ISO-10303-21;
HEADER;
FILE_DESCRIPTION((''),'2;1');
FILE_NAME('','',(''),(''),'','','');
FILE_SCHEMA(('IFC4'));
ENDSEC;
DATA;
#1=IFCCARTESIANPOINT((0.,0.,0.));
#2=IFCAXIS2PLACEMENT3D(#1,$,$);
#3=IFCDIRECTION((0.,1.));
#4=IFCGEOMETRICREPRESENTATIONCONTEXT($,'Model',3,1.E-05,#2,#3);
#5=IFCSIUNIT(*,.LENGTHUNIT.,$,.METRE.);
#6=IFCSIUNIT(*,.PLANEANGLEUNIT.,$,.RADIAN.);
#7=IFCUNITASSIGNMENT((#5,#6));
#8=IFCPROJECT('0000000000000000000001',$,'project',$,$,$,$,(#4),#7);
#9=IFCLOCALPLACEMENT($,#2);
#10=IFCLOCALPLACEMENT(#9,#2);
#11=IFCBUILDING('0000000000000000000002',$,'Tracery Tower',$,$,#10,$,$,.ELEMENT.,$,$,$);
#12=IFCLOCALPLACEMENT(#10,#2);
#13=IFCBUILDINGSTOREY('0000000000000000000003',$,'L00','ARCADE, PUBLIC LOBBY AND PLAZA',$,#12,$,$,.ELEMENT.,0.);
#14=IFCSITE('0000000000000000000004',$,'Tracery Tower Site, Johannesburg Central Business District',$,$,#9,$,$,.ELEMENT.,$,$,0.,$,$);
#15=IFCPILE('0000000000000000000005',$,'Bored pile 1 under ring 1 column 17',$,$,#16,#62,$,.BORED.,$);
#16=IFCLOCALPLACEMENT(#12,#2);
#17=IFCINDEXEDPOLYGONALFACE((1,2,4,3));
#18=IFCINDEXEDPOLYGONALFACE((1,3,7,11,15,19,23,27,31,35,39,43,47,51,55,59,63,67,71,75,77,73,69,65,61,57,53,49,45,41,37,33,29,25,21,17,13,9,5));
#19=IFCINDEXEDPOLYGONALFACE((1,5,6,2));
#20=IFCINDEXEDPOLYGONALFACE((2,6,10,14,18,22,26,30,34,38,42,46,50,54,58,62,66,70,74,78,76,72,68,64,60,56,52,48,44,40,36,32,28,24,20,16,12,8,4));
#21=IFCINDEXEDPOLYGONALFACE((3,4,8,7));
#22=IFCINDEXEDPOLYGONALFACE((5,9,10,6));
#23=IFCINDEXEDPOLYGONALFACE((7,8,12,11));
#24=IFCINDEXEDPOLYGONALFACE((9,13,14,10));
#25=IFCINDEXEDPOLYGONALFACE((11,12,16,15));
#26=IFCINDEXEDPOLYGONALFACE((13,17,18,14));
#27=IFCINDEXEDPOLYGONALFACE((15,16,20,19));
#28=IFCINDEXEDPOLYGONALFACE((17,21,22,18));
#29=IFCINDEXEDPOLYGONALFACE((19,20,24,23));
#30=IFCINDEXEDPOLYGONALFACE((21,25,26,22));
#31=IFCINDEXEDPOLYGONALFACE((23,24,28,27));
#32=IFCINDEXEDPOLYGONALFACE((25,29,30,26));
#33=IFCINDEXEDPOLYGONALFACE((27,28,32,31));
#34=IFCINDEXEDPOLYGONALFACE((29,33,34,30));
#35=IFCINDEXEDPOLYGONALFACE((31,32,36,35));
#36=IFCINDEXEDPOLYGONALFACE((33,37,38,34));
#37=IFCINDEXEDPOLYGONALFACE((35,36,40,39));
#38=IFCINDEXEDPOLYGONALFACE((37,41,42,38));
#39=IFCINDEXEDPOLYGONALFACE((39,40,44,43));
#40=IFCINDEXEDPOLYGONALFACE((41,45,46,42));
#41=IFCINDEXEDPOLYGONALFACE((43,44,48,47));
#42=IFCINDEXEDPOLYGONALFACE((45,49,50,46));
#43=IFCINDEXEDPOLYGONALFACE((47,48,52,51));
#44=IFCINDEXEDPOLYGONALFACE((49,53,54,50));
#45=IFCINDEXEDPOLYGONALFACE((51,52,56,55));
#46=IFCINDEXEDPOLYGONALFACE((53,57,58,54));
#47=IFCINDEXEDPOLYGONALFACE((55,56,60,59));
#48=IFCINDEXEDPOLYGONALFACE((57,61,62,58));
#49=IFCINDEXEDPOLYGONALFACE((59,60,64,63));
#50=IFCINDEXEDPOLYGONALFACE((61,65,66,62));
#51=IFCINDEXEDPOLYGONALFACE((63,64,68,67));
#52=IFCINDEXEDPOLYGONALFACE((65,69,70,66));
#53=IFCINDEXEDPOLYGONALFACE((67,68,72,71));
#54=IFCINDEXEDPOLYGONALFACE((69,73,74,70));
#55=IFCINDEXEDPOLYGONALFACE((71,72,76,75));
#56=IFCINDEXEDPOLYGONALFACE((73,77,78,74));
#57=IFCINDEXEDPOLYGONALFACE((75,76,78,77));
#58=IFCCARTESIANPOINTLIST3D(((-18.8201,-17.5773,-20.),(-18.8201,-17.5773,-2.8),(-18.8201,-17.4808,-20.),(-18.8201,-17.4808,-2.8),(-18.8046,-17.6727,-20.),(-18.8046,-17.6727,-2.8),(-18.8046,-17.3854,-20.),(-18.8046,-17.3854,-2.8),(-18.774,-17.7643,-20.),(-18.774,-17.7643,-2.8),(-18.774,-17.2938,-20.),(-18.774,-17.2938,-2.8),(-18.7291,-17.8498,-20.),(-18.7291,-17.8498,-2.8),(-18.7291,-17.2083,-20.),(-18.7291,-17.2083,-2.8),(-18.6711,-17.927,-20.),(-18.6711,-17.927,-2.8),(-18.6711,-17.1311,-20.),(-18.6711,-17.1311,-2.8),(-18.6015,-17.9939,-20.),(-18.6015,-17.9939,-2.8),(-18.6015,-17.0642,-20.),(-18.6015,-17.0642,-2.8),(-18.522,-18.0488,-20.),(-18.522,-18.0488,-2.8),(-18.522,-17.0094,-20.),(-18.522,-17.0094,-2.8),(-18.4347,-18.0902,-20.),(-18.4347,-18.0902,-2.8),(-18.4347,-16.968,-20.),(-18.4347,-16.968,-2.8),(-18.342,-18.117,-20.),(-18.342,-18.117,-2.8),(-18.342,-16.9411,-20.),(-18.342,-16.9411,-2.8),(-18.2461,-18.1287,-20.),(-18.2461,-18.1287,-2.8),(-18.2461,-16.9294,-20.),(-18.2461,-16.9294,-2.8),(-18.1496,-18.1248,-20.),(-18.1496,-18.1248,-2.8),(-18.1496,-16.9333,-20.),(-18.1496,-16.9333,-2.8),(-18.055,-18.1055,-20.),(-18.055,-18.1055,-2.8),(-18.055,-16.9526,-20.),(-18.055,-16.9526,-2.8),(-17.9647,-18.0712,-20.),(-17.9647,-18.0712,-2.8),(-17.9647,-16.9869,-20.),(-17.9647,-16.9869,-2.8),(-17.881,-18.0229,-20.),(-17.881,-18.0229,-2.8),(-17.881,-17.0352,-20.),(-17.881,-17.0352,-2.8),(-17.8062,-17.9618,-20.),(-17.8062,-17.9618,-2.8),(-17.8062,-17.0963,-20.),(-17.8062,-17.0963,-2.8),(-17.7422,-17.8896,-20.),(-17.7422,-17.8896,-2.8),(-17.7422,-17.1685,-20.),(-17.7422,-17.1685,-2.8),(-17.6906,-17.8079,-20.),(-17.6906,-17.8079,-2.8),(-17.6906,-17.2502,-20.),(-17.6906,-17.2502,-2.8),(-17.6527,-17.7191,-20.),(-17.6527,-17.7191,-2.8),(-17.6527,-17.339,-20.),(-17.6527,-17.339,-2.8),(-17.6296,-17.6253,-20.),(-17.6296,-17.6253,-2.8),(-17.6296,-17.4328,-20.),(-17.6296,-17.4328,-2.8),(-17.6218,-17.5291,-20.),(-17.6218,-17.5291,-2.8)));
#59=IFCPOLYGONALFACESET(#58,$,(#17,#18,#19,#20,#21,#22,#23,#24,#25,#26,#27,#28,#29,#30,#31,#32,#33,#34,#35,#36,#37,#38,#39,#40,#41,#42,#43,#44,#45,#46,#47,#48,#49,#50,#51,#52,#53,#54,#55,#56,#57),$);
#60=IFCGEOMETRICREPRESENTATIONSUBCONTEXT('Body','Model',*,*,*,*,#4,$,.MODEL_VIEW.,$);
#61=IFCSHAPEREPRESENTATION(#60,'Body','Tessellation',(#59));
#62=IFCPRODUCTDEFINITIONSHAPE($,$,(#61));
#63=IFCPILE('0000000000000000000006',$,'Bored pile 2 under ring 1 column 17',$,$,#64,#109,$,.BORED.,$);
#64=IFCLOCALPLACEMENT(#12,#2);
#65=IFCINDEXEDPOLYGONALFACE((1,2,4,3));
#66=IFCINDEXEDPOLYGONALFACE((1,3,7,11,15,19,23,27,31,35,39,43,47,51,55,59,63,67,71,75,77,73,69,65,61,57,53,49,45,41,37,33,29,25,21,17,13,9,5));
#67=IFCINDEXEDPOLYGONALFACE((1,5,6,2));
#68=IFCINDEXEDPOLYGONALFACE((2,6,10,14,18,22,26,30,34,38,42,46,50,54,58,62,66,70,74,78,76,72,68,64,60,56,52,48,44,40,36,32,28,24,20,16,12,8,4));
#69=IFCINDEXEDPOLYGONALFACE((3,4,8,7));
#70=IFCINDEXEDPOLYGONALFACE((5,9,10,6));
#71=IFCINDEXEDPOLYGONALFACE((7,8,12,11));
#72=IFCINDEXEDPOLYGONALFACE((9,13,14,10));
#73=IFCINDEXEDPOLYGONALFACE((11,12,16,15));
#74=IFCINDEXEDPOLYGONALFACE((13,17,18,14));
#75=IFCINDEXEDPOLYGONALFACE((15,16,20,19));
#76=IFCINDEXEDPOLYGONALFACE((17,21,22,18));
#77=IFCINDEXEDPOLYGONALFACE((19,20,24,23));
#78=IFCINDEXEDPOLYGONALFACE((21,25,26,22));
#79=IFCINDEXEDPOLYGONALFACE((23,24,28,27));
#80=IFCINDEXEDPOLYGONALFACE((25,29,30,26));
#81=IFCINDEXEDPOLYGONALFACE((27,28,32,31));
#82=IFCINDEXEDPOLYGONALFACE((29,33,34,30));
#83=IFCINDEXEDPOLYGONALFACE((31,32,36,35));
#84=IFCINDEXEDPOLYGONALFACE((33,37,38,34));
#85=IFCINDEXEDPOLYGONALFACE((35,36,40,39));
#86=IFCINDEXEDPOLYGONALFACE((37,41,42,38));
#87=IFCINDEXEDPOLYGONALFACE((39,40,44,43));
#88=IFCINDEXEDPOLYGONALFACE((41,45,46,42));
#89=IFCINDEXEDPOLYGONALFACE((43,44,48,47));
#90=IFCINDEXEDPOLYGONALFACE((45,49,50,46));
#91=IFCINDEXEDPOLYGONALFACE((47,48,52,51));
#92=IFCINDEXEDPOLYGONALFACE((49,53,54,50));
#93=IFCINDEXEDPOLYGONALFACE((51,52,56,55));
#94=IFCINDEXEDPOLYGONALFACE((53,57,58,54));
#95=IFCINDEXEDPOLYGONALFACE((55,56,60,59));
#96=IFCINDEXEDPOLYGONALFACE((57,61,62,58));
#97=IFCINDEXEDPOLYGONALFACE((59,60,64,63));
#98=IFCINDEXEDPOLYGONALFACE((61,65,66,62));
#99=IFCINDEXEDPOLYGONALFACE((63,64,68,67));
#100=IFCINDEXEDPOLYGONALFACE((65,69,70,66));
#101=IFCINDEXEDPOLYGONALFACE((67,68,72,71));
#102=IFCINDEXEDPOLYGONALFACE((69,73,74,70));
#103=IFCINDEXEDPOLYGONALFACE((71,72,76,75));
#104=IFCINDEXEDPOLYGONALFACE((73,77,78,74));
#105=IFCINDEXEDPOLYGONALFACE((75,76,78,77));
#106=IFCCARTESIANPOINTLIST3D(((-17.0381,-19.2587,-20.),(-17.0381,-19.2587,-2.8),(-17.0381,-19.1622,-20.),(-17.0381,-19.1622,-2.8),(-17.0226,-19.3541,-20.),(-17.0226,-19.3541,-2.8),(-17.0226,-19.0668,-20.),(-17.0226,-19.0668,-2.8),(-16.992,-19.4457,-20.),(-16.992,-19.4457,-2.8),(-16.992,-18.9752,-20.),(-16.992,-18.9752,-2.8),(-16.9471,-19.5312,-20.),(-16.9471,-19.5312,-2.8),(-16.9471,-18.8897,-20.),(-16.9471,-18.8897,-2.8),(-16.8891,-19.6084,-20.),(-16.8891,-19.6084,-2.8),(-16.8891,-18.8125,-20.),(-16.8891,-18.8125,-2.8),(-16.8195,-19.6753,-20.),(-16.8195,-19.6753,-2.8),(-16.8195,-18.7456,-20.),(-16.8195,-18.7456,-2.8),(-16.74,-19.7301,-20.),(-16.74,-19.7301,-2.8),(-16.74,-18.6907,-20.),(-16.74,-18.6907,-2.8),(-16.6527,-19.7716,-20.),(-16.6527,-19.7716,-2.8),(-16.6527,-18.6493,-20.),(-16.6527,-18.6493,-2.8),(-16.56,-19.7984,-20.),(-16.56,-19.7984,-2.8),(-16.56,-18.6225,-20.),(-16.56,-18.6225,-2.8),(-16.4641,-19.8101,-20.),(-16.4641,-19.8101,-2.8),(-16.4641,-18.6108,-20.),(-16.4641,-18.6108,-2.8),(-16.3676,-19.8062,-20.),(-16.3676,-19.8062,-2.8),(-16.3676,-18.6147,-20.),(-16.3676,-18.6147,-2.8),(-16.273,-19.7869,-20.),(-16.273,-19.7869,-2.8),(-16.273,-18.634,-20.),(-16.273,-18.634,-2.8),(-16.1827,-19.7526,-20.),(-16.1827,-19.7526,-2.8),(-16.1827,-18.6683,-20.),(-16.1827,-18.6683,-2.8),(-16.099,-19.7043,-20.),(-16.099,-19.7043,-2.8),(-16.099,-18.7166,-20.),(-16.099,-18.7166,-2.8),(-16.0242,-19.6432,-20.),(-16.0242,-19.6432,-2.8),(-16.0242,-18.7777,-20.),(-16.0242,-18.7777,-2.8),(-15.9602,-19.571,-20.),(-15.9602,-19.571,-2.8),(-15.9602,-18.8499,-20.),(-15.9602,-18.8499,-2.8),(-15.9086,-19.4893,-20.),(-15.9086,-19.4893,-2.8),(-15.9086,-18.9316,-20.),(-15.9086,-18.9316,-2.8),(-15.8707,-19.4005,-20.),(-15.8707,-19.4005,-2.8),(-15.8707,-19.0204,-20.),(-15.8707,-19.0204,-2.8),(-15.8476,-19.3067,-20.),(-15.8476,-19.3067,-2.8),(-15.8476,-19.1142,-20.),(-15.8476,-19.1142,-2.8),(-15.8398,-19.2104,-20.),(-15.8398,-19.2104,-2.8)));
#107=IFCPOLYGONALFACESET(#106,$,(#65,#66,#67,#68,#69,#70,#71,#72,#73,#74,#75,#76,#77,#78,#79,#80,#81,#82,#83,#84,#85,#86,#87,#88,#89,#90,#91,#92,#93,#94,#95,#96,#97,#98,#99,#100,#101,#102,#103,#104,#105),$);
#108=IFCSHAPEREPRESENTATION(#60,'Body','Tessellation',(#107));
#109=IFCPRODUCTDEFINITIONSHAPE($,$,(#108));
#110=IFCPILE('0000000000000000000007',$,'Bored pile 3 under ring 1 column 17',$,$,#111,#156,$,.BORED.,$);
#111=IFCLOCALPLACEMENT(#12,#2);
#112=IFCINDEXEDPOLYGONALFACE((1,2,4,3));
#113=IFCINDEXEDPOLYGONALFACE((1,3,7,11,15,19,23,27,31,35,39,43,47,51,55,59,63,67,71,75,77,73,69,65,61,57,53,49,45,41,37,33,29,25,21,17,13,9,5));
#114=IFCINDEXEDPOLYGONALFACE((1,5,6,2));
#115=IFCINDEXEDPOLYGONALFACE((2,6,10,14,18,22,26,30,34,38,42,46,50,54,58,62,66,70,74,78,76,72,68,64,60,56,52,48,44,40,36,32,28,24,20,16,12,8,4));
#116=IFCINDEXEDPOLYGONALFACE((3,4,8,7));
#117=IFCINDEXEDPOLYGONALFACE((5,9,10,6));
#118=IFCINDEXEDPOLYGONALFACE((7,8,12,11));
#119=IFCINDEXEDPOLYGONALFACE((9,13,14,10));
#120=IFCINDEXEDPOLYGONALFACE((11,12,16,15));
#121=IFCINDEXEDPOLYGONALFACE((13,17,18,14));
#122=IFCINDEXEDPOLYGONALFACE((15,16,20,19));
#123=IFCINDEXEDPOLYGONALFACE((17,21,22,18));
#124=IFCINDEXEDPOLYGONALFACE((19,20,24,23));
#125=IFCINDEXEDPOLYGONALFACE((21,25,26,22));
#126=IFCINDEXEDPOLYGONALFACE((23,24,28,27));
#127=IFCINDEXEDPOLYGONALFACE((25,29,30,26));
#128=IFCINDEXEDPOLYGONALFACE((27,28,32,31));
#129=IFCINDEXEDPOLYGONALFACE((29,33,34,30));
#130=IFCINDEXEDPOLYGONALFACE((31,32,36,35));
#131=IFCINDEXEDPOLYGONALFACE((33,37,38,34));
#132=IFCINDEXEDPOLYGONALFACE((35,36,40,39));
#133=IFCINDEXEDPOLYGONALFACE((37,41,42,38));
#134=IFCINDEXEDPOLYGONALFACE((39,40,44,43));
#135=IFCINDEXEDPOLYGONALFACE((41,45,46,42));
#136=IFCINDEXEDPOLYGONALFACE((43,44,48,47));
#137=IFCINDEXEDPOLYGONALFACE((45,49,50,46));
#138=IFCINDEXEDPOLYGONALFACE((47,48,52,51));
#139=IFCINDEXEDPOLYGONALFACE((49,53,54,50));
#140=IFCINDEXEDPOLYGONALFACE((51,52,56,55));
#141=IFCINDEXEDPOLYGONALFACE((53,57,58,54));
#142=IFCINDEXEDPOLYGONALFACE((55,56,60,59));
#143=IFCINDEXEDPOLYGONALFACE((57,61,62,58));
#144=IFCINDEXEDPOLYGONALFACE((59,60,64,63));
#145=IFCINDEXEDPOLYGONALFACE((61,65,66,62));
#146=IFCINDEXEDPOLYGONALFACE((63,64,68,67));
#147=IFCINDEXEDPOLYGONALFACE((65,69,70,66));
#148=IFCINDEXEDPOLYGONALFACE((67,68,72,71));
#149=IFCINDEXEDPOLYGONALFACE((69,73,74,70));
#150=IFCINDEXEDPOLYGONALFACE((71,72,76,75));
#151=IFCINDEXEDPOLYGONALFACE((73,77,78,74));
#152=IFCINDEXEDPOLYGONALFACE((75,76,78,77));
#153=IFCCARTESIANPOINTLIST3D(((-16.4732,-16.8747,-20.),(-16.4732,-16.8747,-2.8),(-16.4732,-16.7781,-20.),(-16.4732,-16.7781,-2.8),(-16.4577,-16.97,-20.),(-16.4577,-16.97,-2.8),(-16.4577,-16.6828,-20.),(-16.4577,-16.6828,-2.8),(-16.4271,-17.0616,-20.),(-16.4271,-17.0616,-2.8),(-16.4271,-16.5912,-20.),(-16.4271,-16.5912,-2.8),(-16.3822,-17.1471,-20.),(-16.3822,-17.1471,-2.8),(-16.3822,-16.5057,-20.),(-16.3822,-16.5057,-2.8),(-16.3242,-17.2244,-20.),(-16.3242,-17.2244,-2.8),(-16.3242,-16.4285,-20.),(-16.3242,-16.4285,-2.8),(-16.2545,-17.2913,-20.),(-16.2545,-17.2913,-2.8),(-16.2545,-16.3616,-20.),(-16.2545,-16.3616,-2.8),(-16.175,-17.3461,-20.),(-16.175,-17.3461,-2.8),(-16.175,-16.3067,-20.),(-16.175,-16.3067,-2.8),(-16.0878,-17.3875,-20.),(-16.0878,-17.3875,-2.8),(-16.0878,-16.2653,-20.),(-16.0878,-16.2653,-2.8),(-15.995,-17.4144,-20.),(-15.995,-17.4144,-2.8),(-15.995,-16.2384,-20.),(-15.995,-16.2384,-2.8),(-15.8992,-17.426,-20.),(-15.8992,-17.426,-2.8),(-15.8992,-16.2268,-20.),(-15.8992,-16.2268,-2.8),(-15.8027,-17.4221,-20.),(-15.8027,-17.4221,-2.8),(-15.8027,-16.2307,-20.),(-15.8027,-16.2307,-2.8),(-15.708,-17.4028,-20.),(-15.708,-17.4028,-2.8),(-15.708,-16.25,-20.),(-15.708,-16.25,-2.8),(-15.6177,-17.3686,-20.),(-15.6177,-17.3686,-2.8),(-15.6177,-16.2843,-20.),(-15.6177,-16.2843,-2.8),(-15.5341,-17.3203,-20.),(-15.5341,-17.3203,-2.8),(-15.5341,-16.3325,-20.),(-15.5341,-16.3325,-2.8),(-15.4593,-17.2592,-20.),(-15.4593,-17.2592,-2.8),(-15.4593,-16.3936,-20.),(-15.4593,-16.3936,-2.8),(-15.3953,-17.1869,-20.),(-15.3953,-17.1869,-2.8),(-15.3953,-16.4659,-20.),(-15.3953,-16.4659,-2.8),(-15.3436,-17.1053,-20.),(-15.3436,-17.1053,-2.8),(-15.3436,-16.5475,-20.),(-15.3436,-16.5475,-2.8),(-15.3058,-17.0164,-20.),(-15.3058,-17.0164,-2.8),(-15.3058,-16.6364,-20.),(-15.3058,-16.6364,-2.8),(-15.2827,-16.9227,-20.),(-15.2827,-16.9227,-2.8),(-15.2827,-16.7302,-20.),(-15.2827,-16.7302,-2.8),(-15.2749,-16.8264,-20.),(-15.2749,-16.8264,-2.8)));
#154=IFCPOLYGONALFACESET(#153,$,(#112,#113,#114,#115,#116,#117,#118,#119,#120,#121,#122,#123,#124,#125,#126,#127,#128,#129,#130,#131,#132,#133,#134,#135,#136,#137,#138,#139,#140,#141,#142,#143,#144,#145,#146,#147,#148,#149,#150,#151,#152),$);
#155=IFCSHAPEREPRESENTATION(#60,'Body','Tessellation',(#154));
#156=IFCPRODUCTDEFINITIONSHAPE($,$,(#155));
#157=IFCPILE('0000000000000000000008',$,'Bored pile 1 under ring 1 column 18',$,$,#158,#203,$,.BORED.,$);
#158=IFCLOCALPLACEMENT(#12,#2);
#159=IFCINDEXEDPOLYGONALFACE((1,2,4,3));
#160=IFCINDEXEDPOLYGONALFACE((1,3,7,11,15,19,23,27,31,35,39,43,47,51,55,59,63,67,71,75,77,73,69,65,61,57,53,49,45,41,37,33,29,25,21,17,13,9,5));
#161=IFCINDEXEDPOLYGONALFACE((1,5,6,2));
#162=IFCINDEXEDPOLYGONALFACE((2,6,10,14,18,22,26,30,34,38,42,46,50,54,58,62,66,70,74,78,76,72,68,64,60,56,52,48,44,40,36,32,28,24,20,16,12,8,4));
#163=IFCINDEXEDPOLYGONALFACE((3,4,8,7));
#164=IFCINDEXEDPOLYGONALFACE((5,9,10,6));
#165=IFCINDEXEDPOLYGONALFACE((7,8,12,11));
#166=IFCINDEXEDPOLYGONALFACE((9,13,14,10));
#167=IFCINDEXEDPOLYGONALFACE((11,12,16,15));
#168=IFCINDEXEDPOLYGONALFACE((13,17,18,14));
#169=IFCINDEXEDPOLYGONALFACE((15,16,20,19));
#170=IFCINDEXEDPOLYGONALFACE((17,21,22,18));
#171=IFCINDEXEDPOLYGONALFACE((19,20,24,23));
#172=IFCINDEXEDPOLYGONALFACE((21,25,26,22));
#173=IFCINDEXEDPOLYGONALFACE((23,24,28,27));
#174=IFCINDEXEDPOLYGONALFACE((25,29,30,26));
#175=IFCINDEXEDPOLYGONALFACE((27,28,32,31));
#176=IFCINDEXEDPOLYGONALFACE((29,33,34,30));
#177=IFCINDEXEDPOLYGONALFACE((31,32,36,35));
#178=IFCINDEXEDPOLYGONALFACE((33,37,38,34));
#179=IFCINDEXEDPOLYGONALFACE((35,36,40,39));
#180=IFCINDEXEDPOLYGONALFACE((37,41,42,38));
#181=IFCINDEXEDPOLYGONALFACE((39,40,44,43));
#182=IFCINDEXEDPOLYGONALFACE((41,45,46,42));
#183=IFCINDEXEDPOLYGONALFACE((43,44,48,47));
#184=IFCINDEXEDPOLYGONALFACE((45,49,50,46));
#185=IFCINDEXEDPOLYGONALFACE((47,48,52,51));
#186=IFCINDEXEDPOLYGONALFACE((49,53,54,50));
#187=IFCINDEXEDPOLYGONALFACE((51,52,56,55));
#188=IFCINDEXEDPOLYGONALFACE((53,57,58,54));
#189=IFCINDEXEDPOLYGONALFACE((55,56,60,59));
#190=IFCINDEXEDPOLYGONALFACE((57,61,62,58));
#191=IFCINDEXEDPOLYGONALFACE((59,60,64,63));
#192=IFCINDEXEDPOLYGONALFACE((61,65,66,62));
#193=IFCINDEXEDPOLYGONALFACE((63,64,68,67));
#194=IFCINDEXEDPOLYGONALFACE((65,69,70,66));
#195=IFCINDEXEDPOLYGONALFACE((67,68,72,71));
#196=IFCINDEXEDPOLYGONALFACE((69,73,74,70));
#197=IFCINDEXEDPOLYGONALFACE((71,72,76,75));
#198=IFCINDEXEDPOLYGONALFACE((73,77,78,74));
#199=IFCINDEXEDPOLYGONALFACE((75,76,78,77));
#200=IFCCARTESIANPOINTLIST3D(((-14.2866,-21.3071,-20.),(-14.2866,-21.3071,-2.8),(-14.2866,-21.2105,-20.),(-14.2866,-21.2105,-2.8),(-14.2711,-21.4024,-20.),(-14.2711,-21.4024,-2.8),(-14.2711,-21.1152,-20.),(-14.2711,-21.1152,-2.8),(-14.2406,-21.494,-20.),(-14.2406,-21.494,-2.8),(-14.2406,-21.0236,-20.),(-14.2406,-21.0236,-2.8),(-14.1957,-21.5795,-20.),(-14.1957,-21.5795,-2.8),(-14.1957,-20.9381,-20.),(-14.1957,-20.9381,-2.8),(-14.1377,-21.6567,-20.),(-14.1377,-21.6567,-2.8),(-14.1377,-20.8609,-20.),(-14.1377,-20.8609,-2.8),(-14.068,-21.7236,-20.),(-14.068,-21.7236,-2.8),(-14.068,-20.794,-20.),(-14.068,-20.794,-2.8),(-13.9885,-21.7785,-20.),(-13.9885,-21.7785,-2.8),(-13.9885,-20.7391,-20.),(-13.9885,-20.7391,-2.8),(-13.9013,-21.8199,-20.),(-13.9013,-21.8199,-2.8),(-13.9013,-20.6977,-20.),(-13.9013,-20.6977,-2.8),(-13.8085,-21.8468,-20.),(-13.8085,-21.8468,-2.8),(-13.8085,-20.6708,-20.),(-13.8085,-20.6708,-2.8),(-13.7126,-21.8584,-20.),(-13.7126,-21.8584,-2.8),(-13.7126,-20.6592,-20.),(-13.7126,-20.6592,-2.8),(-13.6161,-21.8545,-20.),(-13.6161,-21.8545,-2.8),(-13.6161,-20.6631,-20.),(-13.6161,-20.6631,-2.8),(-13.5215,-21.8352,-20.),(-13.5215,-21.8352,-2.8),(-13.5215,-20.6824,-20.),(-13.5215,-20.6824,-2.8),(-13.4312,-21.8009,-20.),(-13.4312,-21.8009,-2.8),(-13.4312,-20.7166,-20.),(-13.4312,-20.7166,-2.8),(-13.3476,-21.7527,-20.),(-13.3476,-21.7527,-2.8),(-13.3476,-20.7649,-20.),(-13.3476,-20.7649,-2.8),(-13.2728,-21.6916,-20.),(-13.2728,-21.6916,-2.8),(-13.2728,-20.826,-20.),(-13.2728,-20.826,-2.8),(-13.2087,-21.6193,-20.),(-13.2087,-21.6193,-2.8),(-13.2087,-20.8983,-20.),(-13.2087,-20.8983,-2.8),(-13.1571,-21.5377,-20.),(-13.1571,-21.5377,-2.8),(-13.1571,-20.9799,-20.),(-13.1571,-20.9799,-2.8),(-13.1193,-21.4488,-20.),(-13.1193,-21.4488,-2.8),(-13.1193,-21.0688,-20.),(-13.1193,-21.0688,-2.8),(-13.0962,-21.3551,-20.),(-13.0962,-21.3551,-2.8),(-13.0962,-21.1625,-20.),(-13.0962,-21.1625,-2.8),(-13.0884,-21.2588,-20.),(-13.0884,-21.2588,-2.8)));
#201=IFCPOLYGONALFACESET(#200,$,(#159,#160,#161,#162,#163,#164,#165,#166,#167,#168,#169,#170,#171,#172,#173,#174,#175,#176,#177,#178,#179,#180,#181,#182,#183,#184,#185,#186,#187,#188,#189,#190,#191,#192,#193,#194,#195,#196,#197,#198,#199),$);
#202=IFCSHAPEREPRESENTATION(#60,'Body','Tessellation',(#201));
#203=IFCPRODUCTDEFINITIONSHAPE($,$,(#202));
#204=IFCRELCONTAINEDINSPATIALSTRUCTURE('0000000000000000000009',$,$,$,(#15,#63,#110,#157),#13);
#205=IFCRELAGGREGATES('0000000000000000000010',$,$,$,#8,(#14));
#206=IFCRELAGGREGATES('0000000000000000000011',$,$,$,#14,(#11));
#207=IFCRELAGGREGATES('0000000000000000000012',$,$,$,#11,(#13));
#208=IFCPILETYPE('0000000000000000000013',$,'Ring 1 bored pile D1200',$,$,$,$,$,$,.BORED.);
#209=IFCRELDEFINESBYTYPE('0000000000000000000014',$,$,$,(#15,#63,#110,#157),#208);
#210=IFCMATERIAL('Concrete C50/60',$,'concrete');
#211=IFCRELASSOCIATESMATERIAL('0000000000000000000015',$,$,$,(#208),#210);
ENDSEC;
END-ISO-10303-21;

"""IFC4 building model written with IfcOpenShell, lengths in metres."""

from ifc_helpers import new_model, si_unit, direction, frame, origin, origin_2d, place, context, subcontext, project, spatial, circle, extrude, material, material_profile, profile_set, type_object, element, save


model = new_model("IFC4")

# Units and contexts
model_context = context("Model", 3, precision=1e-05, world=origin(), true_north=direction((0.0, 1.0)))
body_context = subcontext(model_context, "Body", "Model", "MODEL_VIEW")
ifc_project = project(units=[si_unit("LENGTHUNIT", "METRE"), si_unit("PLANEANGLEUNIT", "RADIAN")], contexts=[model_context])

# Site, building, storey
site_placement = place(None, origin())
site = spatial("IfcSite", under=ifc_project, at=site_placement, Name="Tracery Tower Site, Johannesburg Central Business District", CompositionType="ELEMENT", RefElevation=0.0)
building_placement = place(site_placement, origin())
building = spatial("IfcBuilding", under=site, at=building_placement, Name="Tracery Tower", CompositionType="ELEMENT")
storey_placement = place(building_placement, origin())
storey = spatial("IfcBuildingStorey", under=building, at=storey_placement, Name="L00", Description="ARCADE, PUBLIC LOBBY AND PLAZA", CompositionType="ELEMENT", Elevation=0.0)

# Piles
ifc_material_1 = material(Name="Concrete C50/60", Category="concrete")
ifc_material_profile_1 = material_profile(ifc_material_1, circle(Radius=0.6001, at=origin_2d()), Name="RC D1200")
ifc_profile_set_1 = profile_set([ifc_material_profile_1], Name="Concrete C50/60")
pile_type_1 = type_object("IfcPileType", Name="Ring 1 bored pile D1200", PredefinedType="BORED", material=ifc_profile_set_1)
for number, where, z_axis, x_axis, name in (
    (1, (-18.2219, -17.5291, -2.8), (0.0, 0.0, -1.0), (1.0, 0.0, 0.0), "Bored pile 1 under ring 1 column 17"),
    (2, (-16.4399, -19.2104, -2.8), (0.0, 0.0, -1.0), (1.0, 0.0, 0.0), "Bored pile 2 under ring 1 column 17"),
    (3, (-15.875, -16.8264, -2.8), (0.0, 0.0, -1.0), (1.0, 0.0, 0.0), "Bored pile 3 under ring 1 column 17"),
    (4, (-13.6885, -21.2588, -2.8), (0.0, 0.0, -1.0), (1.0, 0.0, 0.0), "Bored pile 1 under ring 1 column 18"),
):
    element("IfcPile", number, at=place(storey_placement, frame(where, z_axis=z_axis, x_axis=x_axis)), inside=storey, type_object=pile_type_1, Name=name, PredefinedType="BORED", context=body_context, shape_type="SweptSolid", body=[
        extrude(circle(Radius=0.6001, at=origin_2d()), origin(), (0.0, 0.0, 1.0), 17.2),
    ])

save(model, "model.ifc")
